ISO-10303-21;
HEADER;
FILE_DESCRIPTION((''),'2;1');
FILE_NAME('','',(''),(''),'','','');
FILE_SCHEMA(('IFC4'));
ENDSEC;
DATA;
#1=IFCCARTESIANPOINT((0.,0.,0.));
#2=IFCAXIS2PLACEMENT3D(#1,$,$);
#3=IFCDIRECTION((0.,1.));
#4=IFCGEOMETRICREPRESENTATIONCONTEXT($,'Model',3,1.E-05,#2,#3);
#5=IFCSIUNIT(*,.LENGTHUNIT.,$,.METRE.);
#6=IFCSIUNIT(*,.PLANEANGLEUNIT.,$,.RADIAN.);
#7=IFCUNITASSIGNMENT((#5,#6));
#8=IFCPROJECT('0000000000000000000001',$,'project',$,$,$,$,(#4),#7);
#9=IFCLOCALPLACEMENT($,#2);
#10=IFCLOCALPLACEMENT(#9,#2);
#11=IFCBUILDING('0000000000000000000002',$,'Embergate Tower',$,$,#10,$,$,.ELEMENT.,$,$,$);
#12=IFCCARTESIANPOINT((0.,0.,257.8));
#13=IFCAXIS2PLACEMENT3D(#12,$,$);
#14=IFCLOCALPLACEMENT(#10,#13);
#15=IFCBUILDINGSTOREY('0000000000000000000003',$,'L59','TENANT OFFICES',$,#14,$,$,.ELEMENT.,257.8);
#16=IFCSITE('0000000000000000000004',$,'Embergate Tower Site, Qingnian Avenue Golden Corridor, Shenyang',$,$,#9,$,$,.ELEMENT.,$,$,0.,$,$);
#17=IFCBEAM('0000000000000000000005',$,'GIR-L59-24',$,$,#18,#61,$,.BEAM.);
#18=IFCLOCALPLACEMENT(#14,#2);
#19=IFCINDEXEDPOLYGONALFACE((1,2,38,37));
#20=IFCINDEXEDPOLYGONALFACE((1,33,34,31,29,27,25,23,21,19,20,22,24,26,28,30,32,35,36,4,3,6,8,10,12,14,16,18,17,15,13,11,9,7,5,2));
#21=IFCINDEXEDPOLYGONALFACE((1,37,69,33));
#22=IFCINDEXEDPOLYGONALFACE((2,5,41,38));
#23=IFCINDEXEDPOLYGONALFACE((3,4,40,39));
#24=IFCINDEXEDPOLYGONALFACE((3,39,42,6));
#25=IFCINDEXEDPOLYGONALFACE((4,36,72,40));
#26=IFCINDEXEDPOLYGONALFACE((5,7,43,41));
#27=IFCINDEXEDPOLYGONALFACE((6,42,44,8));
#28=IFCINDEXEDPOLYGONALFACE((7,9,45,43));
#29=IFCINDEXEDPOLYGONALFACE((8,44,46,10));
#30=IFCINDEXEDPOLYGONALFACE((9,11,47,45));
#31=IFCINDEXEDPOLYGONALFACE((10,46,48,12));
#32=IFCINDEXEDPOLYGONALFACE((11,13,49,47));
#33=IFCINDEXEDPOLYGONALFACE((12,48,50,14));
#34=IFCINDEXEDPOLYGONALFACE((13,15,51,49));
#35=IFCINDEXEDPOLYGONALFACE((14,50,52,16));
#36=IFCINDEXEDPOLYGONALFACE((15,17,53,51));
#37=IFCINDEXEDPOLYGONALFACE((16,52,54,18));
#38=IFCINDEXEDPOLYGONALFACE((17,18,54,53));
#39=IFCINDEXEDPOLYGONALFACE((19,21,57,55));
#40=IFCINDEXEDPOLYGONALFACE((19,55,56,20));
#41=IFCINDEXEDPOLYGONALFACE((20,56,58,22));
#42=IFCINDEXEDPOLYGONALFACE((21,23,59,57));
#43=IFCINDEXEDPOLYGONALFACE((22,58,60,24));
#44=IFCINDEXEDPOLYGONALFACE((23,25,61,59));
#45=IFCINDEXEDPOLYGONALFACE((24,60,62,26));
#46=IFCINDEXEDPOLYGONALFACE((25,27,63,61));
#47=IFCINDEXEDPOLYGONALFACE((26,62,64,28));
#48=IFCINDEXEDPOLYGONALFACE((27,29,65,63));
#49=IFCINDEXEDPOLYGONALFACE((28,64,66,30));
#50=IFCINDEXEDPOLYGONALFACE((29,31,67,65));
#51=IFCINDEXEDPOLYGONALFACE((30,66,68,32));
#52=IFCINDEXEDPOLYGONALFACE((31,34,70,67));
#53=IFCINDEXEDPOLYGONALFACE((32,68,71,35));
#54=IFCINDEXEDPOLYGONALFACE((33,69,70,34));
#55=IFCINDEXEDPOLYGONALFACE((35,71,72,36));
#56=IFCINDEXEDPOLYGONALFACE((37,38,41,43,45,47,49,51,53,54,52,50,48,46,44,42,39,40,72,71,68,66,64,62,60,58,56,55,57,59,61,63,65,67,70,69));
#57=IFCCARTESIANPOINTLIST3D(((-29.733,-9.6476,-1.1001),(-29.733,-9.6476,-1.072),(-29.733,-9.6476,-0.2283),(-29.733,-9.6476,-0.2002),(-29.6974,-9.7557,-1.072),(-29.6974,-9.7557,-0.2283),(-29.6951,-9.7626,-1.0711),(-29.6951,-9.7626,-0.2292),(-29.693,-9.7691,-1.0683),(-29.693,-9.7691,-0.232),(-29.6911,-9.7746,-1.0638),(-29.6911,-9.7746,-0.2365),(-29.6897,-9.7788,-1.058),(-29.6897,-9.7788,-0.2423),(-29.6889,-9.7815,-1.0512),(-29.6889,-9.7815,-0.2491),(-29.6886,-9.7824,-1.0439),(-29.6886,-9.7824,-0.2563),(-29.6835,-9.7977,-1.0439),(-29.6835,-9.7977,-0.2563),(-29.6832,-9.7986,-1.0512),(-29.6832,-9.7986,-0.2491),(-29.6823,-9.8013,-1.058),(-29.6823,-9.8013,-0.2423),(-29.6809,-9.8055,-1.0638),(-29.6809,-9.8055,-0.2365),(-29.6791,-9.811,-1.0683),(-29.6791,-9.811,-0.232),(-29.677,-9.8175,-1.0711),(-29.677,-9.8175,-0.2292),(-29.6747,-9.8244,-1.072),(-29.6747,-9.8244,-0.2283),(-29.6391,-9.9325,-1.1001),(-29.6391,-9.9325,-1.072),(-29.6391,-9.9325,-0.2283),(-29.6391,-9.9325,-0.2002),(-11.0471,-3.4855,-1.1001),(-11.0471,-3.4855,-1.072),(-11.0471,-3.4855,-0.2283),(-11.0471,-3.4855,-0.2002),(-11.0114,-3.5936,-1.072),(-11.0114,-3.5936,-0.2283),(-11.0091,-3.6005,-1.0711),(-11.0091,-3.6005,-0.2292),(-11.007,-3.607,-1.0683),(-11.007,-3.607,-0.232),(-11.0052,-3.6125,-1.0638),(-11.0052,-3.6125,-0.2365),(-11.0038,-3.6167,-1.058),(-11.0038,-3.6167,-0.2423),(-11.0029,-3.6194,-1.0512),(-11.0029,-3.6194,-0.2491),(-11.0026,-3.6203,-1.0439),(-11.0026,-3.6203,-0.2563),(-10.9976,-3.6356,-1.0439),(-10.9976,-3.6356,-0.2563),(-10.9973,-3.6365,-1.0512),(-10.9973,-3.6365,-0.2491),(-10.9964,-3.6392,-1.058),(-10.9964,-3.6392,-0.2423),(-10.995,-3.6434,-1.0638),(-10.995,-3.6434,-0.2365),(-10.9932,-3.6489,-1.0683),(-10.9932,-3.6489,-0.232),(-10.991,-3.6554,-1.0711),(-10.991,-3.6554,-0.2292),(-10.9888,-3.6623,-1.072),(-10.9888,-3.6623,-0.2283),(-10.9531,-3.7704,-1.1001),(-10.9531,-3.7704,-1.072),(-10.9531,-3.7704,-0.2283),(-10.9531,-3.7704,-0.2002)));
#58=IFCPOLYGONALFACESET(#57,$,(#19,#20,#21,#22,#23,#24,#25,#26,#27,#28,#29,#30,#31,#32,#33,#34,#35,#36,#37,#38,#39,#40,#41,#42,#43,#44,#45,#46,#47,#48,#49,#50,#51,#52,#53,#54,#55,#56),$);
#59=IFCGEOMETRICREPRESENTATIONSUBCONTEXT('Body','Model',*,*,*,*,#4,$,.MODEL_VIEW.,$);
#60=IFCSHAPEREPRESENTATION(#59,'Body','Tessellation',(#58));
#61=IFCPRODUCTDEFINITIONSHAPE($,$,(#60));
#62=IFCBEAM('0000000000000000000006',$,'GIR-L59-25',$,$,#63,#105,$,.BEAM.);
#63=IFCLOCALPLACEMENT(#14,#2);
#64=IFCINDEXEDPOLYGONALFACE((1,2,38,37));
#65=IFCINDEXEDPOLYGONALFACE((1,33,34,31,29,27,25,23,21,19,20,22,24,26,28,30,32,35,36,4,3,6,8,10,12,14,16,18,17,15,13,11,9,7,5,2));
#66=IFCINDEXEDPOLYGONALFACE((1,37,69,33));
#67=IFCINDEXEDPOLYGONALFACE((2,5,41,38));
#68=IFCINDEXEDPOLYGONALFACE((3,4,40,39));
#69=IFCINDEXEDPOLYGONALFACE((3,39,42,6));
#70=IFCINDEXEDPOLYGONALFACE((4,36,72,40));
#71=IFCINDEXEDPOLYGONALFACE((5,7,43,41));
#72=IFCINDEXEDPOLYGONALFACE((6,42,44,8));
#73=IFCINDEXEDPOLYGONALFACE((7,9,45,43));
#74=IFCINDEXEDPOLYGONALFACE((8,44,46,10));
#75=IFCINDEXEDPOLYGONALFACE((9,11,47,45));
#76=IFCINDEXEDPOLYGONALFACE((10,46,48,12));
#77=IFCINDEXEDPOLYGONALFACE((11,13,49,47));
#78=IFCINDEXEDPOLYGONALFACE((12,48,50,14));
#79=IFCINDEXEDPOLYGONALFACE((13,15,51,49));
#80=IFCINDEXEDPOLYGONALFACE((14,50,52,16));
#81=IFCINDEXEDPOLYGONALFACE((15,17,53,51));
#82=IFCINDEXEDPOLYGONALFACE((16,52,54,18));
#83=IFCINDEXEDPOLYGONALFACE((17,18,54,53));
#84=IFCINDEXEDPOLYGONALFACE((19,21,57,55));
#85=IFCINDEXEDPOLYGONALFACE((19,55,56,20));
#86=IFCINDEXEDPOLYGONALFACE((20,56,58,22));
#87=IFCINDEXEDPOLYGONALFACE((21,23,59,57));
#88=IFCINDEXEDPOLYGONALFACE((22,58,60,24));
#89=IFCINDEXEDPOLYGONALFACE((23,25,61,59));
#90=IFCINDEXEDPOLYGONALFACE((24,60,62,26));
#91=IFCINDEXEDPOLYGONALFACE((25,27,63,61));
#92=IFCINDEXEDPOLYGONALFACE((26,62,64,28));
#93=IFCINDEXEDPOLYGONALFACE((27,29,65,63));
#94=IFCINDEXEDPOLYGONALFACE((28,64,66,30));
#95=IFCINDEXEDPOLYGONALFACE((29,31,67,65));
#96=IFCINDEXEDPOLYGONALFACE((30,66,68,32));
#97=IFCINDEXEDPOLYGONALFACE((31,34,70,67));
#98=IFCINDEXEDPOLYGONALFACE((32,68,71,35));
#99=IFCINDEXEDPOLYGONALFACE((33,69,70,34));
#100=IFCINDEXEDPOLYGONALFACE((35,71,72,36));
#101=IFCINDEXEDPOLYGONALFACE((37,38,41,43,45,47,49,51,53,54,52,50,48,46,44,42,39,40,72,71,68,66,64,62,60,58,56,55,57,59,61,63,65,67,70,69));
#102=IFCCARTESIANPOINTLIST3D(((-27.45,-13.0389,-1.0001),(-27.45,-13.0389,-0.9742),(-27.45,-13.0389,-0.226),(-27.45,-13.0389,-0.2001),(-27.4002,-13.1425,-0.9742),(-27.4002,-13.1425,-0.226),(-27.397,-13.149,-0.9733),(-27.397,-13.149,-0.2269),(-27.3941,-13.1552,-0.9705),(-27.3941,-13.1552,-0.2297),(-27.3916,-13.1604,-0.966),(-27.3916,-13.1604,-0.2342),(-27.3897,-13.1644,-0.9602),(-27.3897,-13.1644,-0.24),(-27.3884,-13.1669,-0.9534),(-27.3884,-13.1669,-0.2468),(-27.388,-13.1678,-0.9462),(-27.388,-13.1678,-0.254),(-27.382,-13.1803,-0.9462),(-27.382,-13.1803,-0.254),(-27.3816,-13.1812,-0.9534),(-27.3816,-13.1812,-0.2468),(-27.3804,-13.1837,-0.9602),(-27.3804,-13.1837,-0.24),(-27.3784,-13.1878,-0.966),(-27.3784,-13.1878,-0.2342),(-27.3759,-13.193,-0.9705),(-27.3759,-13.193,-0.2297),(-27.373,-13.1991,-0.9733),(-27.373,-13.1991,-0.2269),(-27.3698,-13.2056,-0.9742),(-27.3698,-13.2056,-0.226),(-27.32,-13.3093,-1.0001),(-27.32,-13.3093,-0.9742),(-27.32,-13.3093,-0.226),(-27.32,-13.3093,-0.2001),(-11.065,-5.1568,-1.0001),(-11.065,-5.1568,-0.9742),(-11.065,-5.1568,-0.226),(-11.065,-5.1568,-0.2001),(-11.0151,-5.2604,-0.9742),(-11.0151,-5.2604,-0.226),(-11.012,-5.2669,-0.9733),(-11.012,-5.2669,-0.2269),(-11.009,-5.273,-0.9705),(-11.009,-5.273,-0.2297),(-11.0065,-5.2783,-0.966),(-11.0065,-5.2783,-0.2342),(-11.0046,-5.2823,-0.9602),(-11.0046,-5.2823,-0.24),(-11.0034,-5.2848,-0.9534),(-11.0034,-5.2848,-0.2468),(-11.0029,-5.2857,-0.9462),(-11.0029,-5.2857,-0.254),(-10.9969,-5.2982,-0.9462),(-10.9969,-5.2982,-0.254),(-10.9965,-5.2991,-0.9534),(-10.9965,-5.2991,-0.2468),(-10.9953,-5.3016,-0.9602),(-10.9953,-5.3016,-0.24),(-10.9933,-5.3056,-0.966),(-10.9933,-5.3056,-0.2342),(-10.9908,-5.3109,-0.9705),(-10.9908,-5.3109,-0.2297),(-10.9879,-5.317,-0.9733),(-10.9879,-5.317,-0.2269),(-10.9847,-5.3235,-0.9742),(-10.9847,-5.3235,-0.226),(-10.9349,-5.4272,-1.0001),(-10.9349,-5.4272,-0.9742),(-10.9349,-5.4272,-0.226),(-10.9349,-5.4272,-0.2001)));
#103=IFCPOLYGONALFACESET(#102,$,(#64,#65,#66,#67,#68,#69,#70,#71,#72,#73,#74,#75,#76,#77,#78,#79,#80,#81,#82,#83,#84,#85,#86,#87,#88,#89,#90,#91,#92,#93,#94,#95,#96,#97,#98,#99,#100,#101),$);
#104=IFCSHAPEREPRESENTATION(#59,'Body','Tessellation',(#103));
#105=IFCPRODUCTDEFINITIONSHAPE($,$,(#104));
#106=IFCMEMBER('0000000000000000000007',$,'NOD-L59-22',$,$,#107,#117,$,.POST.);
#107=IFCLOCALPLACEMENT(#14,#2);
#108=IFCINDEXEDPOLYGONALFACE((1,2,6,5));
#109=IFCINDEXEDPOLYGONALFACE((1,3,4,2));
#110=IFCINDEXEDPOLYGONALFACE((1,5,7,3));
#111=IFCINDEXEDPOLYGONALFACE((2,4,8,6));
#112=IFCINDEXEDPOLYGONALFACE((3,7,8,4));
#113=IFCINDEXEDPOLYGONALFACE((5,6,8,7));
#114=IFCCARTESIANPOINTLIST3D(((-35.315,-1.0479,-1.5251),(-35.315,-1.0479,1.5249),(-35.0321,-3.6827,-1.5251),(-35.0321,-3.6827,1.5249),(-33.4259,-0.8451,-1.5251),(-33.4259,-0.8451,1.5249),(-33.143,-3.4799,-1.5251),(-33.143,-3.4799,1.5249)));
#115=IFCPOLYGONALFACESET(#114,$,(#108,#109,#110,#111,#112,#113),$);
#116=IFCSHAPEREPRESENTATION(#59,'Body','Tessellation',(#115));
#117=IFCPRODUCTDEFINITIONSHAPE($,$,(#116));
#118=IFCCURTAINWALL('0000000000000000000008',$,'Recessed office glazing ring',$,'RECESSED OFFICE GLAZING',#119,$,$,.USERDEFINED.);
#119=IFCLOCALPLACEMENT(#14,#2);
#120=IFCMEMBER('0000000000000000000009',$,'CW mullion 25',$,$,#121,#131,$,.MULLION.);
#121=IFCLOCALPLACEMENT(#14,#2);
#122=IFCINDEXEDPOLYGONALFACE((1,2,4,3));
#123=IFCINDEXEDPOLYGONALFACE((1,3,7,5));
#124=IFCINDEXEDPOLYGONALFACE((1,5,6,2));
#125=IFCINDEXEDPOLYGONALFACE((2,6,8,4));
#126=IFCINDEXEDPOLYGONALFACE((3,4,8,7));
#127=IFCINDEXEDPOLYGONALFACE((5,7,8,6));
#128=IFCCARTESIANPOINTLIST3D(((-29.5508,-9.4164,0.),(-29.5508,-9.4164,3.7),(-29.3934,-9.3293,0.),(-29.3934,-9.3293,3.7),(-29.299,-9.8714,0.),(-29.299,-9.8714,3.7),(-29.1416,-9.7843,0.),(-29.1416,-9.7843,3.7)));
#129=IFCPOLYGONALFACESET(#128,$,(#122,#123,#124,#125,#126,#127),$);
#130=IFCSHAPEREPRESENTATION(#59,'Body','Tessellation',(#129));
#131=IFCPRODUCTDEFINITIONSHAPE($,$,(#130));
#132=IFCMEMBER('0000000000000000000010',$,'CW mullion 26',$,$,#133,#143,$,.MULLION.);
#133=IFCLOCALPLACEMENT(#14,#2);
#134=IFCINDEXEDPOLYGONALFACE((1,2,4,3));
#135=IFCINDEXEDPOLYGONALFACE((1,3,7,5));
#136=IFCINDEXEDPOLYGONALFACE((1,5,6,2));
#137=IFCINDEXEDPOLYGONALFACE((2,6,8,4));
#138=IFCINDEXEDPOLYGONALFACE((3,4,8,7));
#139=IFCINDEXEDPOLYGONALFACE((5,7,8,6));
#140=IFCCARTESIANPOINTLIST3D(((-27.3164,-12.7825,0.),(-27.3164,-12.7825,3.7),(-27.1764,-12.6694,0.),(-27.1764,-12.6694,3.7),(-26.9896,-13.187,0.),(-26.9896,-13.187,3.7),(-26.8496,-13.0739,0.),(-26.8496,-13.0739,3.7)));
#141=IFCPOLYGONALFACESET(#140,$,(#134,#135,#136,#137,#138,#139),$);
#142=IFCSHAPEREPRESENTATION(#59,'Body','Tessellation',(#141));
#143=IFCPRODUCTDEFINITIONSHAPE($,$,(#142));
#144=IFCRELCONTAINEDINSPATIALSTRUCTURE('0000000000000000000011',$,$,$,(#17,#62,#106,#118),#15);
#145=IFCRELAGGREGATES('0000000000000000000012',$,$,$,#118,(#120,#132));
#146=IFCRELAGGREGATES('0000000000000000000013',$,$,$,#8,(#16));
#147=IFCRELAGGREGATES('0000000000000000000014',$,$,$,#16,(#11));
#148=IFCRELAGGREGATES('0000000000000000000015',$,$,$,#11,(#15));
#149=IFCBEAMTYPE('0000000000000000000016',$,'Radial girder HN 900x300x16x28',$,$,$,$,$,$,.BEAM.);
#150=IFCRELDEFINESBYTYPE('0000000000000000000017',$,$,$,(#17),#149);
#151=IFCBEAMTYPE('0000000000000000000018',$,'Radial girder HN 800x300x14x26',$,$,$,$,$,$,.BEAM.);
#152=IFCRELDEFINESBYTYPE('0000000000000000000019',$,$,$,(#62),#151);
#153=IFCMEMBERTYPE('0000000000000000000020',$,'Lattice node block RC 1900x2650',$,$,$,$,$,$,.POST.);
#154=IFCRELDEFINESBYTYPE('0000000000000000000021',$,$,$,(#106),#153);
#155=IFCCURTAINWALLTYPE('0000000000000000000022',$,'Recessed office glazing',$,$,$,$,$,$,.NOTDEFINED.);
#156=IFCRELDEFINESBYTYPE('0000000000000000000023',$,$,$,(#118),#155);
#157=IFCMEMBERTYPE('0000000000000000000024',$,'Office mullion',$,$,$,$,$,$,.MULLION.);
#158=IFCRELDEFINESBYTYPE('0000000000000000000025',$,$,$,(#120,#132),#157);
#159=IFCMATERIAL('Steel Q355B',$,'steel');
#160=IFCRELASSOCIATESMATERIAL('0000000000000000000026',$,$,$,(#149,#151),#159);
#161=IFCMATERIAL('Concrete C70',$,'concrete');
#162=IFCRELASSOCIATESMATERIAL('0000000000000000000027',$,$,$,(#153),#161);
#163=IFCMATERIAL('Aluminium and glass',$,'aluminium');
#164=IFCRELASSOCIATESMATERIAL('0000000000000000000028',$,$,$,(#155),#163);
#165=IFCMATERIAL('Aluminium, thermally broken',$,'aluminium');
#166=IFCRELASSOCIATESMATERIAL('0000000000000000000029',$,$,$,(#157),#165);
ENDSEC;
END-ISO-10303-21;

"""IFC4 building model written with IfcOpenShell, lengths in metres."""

from ifc_helpers import new_model, si_unit, direction, frame, origin, origin_2d, place, context, subcontext, project, spatial, rectangle, i_section, extrude, source, transform, mapped, material, material_profile, profile_set, type_object, element, aggregate, save


model = new_model("IFC4")

# Units and contexts
model_context = context("Model", 3, precision=1e-05, world=origin(), true_north=direction((0.0, 1.0)))
body_context = subcontext(model_context, "Body", "Model", "MODEL_VIEW")
ifc_project = project(units=[si_unit("LENGTHUNIT", "METRE"), si_unit("PLANEANGLEUNIT", "RADIAN")], contexts=[model_context])

# Site, building, storey
site_placement = place(None, origin())
site = spatial("IfcSite", under=ifc_project, at=site_placement, Name="Embergate Tower Site, Qingnian Avenue Golden Corridor, Shenyang", CompositionType="ELEMENT", RefElevation=0.0)
building_placement = place(site_placement, origin())
building = spatial("IfcBuilding", under=site, at=building_placement, Name="Embergate Tower", CompositionType="ELEMENT")
storey_placement = place(building_placement, frame((0.0, 0.0, 257.8)))
storey = spatial("IfcBuildingStorey", under=building, at=storey_placement, Name="L59", Description="TENANT OFFICES", CompositionType="ELEMENT", Elevation=257.8)

# Beams
ifc_material_1 = material(Name="Steel Q355B", Category="steel")
ifc_material_profile_1 = material_profile(ifc_material_1, i_section(OverallWidth=0.3, OverallDepth=0.8999, WebThickness=0.0161, FlangeThickness=0.0281, FilletRadius=0.0281, at=origin_2d()), Name="HN 900x300x16x28")
ifc_profile_set_1 = profile_set([ifc_material_profile_1], Name="Steel Q355 grade B")
beam_type_1 = type_object("IfcBeamType", Name="Radial girder HN 900x300x16x28", PredefinedType="BEAM", material=ifc_profile_set_1)
shared_shape_1 = source(origin(), body_context, "Body", "SweptSolid", [
    extrude(i_section(OverallWidth=0.3, OverallDepth=0.8999, WebThickness=0.0161, FlangeThickness=0.0281, FilletRadius=0.0281, at=origin_2d()), origin(), (0.0, 0.0, 1.0), 19.6758),
])
beam_1_placement = place(storey_placement, frame((-29.686, -9.79, -0.6501), z_axis=(0.949693, 0.313181, 0.0), x_axis=(-0.313181, 0.949693, 0.0)))
element("IfcBeam", 1, at=beam_1_placement, inside=storey, type_object=beam_type_1, Name="GIR-L59-24", PredefinedType="BEAM", context=body_context, shape_type="MappedRepresentation", body=[
    mapped(shared_shape_1, transform((0.0, 0.0, 0.0))),
])
ifc_material_profile_2 = material_profile(ifc_material_1, i_section(OverallWidth=0.3, OverallDepth=0.8, WebThickness=0.0139, FlangeThickness=0.0259, FilletRadius=0.0281, at=origin_2d()), Name="HN 800x300x14x26")
ifc_profile_set_2 = profile_set([ifc_material_profile_2], Name="Steel Q355 grade B")
beam_type_2 = type_object("IfcBeamType", Name="Radial girder HN 800x300x14x26", PredefinedType="BEAM", material=ifc_profile_set_2)
shared_shape_2 = source(origin(), body_context, "Body", "SweptSolid", [
    extrude(i_section(OverallWidth=0.3, OverallDepth=0.8, WebThickness=0.0139, FlangeThickness=0.0259, FilletRadius=0.0281, at=origin_2d()), origin(), (0.0, 0.0, 1.0), 18.1824),
])
beam_2_placement = place(storey_placement, frame((-27.385, -13.1741, -0.6001), z_axis=(0.901152, 0.433503, 0.0), x_axis=(-0.433503, 0.901152, 0.0)))
element("IfcBeam", 2, at=beam_2_placement, inside=storey, type_object=beam_type_2, Name="GIR-L59-25", PredefinedType="BEAM", context=body_context, shape_type="MappedRepresentation", body=[
    mapped(shared_shape_2, transform((0.0, 0.0, 0.0))),
])

# Member
ifc_material_2 = material(Name="Concrete C70", Category="concrete")
ifc_material_profile_3 = material_profile(ifc_material_2, rectangle(XDim=1.8999, YDim=2.6499, at=origin_2d()), Name="RC 1900x2650")
ifc_profile_set_3 = profile_set([ifc_material_profile_3], Name="Concrete C70")
member_type_1 = type_object("IfcMemberType", Name="Lattice node block RC 1900x2650", PredefinedType="POST", material=ifc_profile_set_3)
shared_shape_3 = source(origin(), body_context, "Body", "SweptSolid", [
    extrude(rectangle(XDim=1.8999, YDim=2.6499, at=origin_2d()), origin(), (0.0, 0.0, 1.0), 3.05),
])
member_1_placement = place(storey_placement, frame((-34.229, -2.2639, -1.5251), z_axis=(0.0, 0.0, 1.0), x_axis=(-0.994286, -0.10675, 0.0)))
element("IfcMember", 3, at=member_1_placement, inside=storey, type_object=member_type_1, Name="NOD-L59-22", PredefinedType="POST", context=body_context, shape_type="MappedRepresentation", body=[
    mapped(shared_shape_3, transform((0.0, 0.0, 0.0))),
])

# Curtain wall, members
ifc_material_3 = material(Name="Aluminium and glass", Category="aluminium")
curtain_wall_type = type_object("IfcCurtainWallType", Name="Recessed office glazing", PredefinedType="NOTDEFINED", material=ifc_material_3)
curtain_wall_placement = place(storey_placement, origin())
curtain_wall = element("IfcCurtainWall", 4, at=curtain_wall_placement, inside=storey, type_object=curtain_wall_type, Name="Recessed office glazing ring", ObjectType="RECESSED OFFICE GLAZING", PredefinedType="USERDEFINED")
ifc_material_4 = material(Name="Aluminium, thermally broken", Category="aluminium")
ifc_material_profile_4 = material_profile(ifc_material_4, rectangle(XDim=0.1799, YDim=0.52, at=origin_2d()), Name="AL 520x180")
ifc_profile_set_4 = profile_set([ifc_material_profile_4], Name="Aluminium, thermally broken")
member_type_2 = type_object("IfcMemberType", Name="Office mullion", PredefinedType="MULLION", material=ifc_profile_set_4)
shared_shape_4 = source(origin(), body_context, "Body", "SweptSolid", [
    extrude(rectangle(XDim=0.1799, YDim=0.52, at=origin_2d()), origin(), (0.0, 0.0, 1.0), 3.7),
])
member_2_placement = place(storey_placement, frame((-29.3462, -9.6003, 0.0), z_axis=(0.0, 0.0, 1.0), x_axis=(0.874994, 0.484133, 0.0)))
member_2 = element("IfcMember", 5, at=member_2_placement, type_object=member_type_2, Name="CW mullion 25", PredefinedType="MULLION", context=body_context, shape_type="MappedRepresentation", body=[
    mapped(shared_shape_4, transform((0.0, 0.0, 0.0))),
])
member_3_placement = place(storey_placement, frame((-27.083, -12.9282, 0.0), z_axis=(0.0, 0.0, 1.0), x_axis=(0.777864, 0.628433, 0.0)))
member_3 = element("IfcMember", 6, at=member_3_placement, type_object=member_type_2, Name="CW mullion 26", PredefinedType="MULLION", context=body_context, shape_type="MappedRepresentation", body=[
    mapped(shared_shape_4, transform((0.0, 0.0, 0.0))),
])
aggregate(curtain_wall, [member_2, member_3])

save(model, "model.ifc")
